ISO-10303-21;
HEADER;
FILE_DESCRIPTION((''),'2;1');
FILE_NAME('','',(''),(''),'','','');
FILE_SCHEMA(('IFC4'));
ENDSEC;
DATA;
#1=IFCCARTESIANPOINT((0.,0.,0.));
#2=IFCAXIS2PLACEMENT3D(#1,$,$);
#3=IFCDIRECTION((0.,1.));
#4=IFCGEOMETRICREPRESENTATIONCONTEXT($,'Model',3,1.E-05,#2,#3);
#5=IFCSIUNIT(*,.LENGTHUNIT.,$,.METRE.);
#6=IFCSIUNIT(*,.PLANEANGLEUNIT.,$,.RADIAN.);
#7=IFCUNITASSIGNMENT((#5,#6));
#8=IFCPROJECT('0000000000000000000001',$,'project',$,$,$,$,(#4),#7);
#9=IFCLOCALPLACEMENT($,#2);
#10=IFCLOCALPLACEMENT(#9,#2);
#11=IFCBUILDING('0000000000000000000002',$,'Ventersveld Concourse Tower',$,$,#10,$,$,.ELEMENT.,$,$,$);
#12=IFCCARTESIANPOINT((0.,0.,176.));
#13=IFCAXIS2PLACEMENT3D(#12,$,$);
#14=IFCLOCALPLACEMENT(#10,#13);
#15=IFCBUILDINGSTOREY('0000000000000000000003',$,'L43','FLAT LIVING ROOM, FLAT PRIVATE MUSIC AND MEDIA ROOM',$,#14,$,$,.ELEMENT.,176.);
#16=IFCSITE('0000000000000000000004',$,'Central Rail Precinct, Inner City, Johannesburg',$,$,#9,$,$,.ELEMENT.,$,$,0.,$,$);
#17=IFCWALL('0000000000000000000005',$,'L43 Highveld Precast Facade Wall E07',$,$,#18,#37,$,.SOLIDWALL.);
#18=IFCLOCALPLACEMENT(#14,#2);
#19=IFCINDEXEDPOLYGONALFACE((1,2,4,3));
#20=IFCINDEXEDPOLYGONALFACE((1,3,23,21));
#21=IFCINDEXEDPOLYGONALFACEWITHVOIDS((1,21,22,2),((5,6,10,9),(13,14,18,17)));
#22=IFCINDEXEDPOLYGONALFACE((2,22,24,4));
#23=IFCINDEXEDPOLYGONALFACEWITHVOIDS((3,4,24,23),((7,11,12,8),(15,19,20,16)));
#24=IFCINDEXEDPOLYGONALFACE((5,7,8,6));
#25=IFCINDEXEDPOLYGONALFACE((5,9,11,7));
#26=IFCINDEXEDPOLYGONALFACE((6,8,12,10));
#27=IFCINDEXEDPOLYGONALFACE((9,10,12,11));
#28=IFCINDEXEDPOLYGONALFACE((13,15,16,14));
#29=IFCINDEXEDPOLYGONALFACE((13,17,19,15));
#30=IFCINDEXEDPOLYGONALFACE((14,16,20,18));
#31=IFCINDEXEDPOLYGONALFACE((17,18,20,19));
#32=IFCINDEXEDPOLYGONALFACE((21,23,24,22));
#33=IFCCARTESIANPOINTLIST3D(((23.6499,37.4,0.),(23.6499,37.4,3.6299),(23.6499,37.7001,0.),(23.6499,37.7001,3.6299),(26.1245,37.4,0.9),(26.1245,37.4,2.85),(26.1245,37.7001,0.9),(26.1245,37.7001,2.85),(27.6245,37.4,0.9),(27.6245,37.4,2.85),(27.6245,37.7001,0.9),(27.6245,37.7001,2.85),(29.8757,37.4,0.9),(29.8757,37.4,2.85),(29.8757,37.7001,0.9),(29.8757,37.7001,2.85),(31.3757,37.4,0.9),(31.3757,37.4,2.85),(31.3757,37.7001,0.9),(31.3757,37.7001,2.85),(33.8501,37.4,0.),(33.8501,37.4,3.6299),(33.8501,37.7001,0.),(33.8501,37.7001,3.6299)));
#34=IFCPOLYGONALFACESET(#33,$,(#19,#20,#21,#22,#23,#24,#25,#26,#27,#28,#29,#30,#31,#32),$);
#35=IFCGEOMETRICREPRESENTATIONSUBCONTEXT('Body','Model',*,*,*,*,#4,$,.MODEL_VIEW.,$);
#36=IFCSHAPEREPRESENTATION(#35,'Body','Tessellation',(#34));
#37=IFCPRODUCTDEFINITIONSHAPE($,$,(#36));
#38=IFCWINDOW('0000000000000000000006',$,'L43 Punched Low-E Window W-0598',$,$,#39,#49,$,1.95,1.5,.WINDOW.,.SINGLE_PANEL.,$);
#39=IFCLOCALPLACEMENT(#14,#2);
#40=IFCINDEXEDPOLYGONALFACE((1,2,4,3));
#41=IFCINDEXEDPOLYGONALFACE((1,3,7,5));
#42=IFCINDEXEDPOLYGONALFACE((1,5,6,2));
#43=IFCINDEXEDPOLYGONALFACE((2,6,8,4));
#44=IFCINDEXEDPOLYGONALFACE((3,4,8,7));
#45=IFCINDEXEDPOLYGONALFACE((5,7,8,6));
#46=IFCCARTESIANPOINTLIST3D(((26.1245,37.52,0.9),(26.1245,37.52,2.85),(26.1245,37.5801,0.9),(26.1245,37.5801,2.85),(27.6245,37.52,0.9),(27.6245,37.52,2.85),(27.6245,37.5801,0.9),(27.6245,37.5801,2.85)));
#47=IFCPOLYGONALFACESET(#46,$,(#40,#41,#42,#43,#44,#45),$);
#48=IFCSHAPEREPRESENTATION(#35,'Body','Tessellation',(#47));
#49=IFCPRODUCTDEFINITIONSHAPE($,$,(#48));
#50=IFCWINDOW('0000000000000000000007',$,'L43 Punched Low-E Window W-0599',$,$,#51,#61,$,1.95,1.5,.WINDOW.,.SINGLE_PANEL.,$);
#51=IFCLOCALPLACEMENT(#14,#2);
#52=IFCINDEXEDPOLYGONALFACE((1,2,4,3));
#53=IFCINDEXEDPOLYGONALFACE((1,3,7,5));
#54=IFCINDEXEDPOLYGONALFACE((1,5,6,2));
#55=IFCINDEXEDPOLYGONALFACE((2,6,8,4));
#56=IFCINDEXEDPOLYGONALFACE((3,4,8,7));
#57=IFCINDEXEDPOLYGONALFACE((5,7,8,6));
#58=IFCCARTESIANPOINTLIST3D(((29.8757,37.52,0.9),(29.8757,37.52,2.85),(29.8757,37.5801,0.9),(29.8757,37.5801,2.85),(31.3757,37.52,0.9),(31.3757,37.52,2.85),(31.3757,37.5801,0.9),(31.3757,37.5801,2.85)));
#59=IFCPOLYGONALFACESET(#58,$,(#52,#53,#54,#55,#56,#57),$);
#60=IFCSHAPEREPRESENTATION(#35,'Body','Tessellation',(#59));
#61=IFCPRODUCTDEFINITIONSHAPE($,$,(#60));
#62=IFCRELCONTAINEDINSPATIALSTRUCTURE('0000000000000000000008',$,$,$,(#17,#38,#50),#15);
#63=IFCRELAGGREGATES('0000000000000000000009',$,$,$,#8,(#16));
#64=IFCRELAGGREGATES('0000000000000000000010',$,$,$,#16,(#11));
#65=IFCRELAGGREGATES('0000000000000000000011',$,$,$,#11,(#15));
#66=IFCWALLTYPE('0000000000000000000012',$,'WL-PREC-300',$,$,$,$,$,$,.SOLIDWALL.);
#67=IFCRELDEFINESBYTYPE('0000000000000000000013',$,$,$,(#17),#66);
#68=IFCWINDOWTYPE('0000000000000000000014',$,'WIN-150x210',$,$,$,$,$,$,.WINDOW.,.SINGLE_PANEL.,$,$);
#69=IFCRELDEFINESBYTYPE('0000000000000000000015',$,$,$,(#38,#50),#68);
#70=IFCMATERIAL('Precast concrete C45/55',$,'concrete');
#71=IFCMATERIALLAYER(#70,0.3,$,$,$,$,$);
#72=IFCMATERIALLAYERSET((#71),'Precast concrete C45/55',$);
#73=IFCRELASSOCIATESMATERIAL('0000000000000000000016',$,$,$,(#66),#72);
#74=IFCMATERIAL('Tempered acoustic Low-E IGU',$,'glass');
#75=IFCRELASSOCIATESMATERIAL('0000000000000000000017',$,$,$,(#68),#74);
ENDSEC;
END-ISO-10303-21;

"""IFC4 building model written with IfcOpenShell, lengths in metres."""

from ifc_helpers import new_model, si_unit, direction, frame, frame_2d, origin, place, context, subcontext, project, spatial, rectangle, extrude, material, layer, layer_set, type_object, element, fill, save


model = new_model("IFC4")

# Units and contexts
model_context = context("Model", 3, precision=1e-05, world=origin(), true_north=direction((0.0, 1.0)))
body_context = subcontext(model_context, "Body", "Model", "MODEL_VIEW")
ifc_project = project(units=[si_unit("LENGTHUNIT", "METRE"), si_unit("PLANEANGLEUNIT", "RADIAN")], contexts=[model_context])

# Site, building, storey
site_placement = place(None, origin())
site = spatial("IfcSite", under=ifc_project, at=site_placement, Name="Central Rail Precinct, Inner City, Johannesburg", CompositionType="ELEMENT", RefElevation=0.0)
building_placement = place(site_placement, origin())
building = spatial("IfcBuilding", under=site, at=building_placement, Name="Ventersveld Concourse Tower", CompositionType="ELEMENT")
storey_placement = place(building_placement, frame((0.0, 0.0, 176.0)))
storey = spatial("IfcBuildingStorey", under=building, at=storey_placement, Name="L43", Description="FLAT LIVING ROOM, FLAT PRIVATE MUSIC AND MEDIA ROOM", CompositionType="ELEMENT", Elevation=176.0)

# Shared definitions
ifc_material_1 = material(Name="Precast concrete C45/55", Category="concrete")
ifc_layer_1 = layer(ifc_material_1, 0.3)
ifc_layer_set_1 = layer_set([ifc_layer_1], Name="Precast concrete C45/55")
wall_type_1 = type_object("IfcWallType", Name="WL-PREC-300", PredefinedType="SOLIDWALL", material=ifc_layer_set_1)

# Wall, openings, windows
wall_1_placement = place(storey_placement, frame((33.8501, 37.55, 0.0), z_axis=(0.0, 0.0, 1.0), x_axis=(-1.0, 0.0, 0.0)))
wall_1 = element("IfcWall", 1, at=wall_1_placement, inside=storey, type_object=wall_type_1, Name="L43 Highveld Precast Facade Wall E07", PredefinedType="SOLIDWALL", context=body_context, shape_type="SweptSolid", body=[
    extrude(rectangle(XDim=10.2002, YDim=0.3, at=frame_2d((5.1001, 0.0))), origin(), (0.0, 0.0, 1.0), 3.6299),
])
opening_1_placement = place(wall_1_placement, frame((6.2256, 0.0, 0.8999)))
opening_1 = element("IfcOpeningElement", 2, at=opening_1_placement, cuts=wall_1, PredefinedType="OPENING", context=body_context, shape_type="SweptSolid", body=[
    extrude(rectangle(XDim=1.5, YDim=1.95, at=frame_2d((0.75, 0.9751))), frame((0.0, 0.1602, 0.0), z_axis=(0.0, -1.0, 0.0), x_axis=(1.0, 0.0, 0.0)), (0.0, 0.0, 1.0), 0.3201),
])
opening_2_placement = place(wall_1_placement, frame((2.4744, 0.0, 0.8999)))
opening_2 = element("IfcOpeningElement", 3, at=opening_2_placement, cuts=wall_1, PredefinedType="OPENING", context=body_context, shape_type="SweptSolid", body=[
    extrude(rectangle(XDim=1.5, YDim=1.95, at=frame_2d((0.75, 0.9751))), frame((0.0, 0.1602, 0.0), z_axis=(0.0, -1.0, 0.0), x_axis=(1.0, 0.0, 0.0)), (0.0, 0.0, 1.0), 0.3201),
])
ifc_material_2 = material(Name="Tempered acoustic Low-E IGU", Category="glass")
window_type = type_object("IfcWindowType", Name="WIN-150x210", PartitioningType="SINGLE_PANEL", PredefinedType="WINDOW", material=ifc_material_2)
window_1_placement = place(opening_1_placement, origin())
window_1 = element("IfcWindow", 4, at=window_1_placement, inside=storey, type_object=window_type, Name="L43 Punched Low-E Window W-0598", OverallHeight=1.95, OverallWidth=1.5, PartitioningType="SINGLE_PANEL", PredefinedType="WINDOW", context=body_context, shape_type="SweptSolid", body=[
    extrude(rectangle(XDim=1.5, YDim=1.95, at=frame_2d((0.75, 0.9751))), frame((0.0, 0.03, 0.0), z_axis=(0.0, -1.0, 0.0), x_axis=(1.0, 0.0, 0.0)), (0.0, 0.0, 1.0), 0.0601),
])
fill(opening_1, window_1)
window_2_placement = place(opening_2_placement, origin())
window_2 = element("IfcWindow", 5, at=window_2_placement, inside=storey, type_object=window_type, Name="L43 Punched Low-E Window W-0599", OverallHeight=1.95, OverallWidth=1.5, PartitioningType="SINGLE_PANEL", PredefinedType="WINDOW", context=body_context, shape_type="SweptSolid", body=[
    extrude(rectangle(XDim=1.5, YDim=1.95, at=frame_2d((0.75, 0.9751))), frame((0.0, 0.03, 0.0), z_axis=(0.0, -1.0, 0.0), x_axis=(1.0, 0.0, 0.0)), (0.0, 0.0, 1.0), 0.0601),
])
fill(opening_2, window_2)

save(model, "model.ifc")
